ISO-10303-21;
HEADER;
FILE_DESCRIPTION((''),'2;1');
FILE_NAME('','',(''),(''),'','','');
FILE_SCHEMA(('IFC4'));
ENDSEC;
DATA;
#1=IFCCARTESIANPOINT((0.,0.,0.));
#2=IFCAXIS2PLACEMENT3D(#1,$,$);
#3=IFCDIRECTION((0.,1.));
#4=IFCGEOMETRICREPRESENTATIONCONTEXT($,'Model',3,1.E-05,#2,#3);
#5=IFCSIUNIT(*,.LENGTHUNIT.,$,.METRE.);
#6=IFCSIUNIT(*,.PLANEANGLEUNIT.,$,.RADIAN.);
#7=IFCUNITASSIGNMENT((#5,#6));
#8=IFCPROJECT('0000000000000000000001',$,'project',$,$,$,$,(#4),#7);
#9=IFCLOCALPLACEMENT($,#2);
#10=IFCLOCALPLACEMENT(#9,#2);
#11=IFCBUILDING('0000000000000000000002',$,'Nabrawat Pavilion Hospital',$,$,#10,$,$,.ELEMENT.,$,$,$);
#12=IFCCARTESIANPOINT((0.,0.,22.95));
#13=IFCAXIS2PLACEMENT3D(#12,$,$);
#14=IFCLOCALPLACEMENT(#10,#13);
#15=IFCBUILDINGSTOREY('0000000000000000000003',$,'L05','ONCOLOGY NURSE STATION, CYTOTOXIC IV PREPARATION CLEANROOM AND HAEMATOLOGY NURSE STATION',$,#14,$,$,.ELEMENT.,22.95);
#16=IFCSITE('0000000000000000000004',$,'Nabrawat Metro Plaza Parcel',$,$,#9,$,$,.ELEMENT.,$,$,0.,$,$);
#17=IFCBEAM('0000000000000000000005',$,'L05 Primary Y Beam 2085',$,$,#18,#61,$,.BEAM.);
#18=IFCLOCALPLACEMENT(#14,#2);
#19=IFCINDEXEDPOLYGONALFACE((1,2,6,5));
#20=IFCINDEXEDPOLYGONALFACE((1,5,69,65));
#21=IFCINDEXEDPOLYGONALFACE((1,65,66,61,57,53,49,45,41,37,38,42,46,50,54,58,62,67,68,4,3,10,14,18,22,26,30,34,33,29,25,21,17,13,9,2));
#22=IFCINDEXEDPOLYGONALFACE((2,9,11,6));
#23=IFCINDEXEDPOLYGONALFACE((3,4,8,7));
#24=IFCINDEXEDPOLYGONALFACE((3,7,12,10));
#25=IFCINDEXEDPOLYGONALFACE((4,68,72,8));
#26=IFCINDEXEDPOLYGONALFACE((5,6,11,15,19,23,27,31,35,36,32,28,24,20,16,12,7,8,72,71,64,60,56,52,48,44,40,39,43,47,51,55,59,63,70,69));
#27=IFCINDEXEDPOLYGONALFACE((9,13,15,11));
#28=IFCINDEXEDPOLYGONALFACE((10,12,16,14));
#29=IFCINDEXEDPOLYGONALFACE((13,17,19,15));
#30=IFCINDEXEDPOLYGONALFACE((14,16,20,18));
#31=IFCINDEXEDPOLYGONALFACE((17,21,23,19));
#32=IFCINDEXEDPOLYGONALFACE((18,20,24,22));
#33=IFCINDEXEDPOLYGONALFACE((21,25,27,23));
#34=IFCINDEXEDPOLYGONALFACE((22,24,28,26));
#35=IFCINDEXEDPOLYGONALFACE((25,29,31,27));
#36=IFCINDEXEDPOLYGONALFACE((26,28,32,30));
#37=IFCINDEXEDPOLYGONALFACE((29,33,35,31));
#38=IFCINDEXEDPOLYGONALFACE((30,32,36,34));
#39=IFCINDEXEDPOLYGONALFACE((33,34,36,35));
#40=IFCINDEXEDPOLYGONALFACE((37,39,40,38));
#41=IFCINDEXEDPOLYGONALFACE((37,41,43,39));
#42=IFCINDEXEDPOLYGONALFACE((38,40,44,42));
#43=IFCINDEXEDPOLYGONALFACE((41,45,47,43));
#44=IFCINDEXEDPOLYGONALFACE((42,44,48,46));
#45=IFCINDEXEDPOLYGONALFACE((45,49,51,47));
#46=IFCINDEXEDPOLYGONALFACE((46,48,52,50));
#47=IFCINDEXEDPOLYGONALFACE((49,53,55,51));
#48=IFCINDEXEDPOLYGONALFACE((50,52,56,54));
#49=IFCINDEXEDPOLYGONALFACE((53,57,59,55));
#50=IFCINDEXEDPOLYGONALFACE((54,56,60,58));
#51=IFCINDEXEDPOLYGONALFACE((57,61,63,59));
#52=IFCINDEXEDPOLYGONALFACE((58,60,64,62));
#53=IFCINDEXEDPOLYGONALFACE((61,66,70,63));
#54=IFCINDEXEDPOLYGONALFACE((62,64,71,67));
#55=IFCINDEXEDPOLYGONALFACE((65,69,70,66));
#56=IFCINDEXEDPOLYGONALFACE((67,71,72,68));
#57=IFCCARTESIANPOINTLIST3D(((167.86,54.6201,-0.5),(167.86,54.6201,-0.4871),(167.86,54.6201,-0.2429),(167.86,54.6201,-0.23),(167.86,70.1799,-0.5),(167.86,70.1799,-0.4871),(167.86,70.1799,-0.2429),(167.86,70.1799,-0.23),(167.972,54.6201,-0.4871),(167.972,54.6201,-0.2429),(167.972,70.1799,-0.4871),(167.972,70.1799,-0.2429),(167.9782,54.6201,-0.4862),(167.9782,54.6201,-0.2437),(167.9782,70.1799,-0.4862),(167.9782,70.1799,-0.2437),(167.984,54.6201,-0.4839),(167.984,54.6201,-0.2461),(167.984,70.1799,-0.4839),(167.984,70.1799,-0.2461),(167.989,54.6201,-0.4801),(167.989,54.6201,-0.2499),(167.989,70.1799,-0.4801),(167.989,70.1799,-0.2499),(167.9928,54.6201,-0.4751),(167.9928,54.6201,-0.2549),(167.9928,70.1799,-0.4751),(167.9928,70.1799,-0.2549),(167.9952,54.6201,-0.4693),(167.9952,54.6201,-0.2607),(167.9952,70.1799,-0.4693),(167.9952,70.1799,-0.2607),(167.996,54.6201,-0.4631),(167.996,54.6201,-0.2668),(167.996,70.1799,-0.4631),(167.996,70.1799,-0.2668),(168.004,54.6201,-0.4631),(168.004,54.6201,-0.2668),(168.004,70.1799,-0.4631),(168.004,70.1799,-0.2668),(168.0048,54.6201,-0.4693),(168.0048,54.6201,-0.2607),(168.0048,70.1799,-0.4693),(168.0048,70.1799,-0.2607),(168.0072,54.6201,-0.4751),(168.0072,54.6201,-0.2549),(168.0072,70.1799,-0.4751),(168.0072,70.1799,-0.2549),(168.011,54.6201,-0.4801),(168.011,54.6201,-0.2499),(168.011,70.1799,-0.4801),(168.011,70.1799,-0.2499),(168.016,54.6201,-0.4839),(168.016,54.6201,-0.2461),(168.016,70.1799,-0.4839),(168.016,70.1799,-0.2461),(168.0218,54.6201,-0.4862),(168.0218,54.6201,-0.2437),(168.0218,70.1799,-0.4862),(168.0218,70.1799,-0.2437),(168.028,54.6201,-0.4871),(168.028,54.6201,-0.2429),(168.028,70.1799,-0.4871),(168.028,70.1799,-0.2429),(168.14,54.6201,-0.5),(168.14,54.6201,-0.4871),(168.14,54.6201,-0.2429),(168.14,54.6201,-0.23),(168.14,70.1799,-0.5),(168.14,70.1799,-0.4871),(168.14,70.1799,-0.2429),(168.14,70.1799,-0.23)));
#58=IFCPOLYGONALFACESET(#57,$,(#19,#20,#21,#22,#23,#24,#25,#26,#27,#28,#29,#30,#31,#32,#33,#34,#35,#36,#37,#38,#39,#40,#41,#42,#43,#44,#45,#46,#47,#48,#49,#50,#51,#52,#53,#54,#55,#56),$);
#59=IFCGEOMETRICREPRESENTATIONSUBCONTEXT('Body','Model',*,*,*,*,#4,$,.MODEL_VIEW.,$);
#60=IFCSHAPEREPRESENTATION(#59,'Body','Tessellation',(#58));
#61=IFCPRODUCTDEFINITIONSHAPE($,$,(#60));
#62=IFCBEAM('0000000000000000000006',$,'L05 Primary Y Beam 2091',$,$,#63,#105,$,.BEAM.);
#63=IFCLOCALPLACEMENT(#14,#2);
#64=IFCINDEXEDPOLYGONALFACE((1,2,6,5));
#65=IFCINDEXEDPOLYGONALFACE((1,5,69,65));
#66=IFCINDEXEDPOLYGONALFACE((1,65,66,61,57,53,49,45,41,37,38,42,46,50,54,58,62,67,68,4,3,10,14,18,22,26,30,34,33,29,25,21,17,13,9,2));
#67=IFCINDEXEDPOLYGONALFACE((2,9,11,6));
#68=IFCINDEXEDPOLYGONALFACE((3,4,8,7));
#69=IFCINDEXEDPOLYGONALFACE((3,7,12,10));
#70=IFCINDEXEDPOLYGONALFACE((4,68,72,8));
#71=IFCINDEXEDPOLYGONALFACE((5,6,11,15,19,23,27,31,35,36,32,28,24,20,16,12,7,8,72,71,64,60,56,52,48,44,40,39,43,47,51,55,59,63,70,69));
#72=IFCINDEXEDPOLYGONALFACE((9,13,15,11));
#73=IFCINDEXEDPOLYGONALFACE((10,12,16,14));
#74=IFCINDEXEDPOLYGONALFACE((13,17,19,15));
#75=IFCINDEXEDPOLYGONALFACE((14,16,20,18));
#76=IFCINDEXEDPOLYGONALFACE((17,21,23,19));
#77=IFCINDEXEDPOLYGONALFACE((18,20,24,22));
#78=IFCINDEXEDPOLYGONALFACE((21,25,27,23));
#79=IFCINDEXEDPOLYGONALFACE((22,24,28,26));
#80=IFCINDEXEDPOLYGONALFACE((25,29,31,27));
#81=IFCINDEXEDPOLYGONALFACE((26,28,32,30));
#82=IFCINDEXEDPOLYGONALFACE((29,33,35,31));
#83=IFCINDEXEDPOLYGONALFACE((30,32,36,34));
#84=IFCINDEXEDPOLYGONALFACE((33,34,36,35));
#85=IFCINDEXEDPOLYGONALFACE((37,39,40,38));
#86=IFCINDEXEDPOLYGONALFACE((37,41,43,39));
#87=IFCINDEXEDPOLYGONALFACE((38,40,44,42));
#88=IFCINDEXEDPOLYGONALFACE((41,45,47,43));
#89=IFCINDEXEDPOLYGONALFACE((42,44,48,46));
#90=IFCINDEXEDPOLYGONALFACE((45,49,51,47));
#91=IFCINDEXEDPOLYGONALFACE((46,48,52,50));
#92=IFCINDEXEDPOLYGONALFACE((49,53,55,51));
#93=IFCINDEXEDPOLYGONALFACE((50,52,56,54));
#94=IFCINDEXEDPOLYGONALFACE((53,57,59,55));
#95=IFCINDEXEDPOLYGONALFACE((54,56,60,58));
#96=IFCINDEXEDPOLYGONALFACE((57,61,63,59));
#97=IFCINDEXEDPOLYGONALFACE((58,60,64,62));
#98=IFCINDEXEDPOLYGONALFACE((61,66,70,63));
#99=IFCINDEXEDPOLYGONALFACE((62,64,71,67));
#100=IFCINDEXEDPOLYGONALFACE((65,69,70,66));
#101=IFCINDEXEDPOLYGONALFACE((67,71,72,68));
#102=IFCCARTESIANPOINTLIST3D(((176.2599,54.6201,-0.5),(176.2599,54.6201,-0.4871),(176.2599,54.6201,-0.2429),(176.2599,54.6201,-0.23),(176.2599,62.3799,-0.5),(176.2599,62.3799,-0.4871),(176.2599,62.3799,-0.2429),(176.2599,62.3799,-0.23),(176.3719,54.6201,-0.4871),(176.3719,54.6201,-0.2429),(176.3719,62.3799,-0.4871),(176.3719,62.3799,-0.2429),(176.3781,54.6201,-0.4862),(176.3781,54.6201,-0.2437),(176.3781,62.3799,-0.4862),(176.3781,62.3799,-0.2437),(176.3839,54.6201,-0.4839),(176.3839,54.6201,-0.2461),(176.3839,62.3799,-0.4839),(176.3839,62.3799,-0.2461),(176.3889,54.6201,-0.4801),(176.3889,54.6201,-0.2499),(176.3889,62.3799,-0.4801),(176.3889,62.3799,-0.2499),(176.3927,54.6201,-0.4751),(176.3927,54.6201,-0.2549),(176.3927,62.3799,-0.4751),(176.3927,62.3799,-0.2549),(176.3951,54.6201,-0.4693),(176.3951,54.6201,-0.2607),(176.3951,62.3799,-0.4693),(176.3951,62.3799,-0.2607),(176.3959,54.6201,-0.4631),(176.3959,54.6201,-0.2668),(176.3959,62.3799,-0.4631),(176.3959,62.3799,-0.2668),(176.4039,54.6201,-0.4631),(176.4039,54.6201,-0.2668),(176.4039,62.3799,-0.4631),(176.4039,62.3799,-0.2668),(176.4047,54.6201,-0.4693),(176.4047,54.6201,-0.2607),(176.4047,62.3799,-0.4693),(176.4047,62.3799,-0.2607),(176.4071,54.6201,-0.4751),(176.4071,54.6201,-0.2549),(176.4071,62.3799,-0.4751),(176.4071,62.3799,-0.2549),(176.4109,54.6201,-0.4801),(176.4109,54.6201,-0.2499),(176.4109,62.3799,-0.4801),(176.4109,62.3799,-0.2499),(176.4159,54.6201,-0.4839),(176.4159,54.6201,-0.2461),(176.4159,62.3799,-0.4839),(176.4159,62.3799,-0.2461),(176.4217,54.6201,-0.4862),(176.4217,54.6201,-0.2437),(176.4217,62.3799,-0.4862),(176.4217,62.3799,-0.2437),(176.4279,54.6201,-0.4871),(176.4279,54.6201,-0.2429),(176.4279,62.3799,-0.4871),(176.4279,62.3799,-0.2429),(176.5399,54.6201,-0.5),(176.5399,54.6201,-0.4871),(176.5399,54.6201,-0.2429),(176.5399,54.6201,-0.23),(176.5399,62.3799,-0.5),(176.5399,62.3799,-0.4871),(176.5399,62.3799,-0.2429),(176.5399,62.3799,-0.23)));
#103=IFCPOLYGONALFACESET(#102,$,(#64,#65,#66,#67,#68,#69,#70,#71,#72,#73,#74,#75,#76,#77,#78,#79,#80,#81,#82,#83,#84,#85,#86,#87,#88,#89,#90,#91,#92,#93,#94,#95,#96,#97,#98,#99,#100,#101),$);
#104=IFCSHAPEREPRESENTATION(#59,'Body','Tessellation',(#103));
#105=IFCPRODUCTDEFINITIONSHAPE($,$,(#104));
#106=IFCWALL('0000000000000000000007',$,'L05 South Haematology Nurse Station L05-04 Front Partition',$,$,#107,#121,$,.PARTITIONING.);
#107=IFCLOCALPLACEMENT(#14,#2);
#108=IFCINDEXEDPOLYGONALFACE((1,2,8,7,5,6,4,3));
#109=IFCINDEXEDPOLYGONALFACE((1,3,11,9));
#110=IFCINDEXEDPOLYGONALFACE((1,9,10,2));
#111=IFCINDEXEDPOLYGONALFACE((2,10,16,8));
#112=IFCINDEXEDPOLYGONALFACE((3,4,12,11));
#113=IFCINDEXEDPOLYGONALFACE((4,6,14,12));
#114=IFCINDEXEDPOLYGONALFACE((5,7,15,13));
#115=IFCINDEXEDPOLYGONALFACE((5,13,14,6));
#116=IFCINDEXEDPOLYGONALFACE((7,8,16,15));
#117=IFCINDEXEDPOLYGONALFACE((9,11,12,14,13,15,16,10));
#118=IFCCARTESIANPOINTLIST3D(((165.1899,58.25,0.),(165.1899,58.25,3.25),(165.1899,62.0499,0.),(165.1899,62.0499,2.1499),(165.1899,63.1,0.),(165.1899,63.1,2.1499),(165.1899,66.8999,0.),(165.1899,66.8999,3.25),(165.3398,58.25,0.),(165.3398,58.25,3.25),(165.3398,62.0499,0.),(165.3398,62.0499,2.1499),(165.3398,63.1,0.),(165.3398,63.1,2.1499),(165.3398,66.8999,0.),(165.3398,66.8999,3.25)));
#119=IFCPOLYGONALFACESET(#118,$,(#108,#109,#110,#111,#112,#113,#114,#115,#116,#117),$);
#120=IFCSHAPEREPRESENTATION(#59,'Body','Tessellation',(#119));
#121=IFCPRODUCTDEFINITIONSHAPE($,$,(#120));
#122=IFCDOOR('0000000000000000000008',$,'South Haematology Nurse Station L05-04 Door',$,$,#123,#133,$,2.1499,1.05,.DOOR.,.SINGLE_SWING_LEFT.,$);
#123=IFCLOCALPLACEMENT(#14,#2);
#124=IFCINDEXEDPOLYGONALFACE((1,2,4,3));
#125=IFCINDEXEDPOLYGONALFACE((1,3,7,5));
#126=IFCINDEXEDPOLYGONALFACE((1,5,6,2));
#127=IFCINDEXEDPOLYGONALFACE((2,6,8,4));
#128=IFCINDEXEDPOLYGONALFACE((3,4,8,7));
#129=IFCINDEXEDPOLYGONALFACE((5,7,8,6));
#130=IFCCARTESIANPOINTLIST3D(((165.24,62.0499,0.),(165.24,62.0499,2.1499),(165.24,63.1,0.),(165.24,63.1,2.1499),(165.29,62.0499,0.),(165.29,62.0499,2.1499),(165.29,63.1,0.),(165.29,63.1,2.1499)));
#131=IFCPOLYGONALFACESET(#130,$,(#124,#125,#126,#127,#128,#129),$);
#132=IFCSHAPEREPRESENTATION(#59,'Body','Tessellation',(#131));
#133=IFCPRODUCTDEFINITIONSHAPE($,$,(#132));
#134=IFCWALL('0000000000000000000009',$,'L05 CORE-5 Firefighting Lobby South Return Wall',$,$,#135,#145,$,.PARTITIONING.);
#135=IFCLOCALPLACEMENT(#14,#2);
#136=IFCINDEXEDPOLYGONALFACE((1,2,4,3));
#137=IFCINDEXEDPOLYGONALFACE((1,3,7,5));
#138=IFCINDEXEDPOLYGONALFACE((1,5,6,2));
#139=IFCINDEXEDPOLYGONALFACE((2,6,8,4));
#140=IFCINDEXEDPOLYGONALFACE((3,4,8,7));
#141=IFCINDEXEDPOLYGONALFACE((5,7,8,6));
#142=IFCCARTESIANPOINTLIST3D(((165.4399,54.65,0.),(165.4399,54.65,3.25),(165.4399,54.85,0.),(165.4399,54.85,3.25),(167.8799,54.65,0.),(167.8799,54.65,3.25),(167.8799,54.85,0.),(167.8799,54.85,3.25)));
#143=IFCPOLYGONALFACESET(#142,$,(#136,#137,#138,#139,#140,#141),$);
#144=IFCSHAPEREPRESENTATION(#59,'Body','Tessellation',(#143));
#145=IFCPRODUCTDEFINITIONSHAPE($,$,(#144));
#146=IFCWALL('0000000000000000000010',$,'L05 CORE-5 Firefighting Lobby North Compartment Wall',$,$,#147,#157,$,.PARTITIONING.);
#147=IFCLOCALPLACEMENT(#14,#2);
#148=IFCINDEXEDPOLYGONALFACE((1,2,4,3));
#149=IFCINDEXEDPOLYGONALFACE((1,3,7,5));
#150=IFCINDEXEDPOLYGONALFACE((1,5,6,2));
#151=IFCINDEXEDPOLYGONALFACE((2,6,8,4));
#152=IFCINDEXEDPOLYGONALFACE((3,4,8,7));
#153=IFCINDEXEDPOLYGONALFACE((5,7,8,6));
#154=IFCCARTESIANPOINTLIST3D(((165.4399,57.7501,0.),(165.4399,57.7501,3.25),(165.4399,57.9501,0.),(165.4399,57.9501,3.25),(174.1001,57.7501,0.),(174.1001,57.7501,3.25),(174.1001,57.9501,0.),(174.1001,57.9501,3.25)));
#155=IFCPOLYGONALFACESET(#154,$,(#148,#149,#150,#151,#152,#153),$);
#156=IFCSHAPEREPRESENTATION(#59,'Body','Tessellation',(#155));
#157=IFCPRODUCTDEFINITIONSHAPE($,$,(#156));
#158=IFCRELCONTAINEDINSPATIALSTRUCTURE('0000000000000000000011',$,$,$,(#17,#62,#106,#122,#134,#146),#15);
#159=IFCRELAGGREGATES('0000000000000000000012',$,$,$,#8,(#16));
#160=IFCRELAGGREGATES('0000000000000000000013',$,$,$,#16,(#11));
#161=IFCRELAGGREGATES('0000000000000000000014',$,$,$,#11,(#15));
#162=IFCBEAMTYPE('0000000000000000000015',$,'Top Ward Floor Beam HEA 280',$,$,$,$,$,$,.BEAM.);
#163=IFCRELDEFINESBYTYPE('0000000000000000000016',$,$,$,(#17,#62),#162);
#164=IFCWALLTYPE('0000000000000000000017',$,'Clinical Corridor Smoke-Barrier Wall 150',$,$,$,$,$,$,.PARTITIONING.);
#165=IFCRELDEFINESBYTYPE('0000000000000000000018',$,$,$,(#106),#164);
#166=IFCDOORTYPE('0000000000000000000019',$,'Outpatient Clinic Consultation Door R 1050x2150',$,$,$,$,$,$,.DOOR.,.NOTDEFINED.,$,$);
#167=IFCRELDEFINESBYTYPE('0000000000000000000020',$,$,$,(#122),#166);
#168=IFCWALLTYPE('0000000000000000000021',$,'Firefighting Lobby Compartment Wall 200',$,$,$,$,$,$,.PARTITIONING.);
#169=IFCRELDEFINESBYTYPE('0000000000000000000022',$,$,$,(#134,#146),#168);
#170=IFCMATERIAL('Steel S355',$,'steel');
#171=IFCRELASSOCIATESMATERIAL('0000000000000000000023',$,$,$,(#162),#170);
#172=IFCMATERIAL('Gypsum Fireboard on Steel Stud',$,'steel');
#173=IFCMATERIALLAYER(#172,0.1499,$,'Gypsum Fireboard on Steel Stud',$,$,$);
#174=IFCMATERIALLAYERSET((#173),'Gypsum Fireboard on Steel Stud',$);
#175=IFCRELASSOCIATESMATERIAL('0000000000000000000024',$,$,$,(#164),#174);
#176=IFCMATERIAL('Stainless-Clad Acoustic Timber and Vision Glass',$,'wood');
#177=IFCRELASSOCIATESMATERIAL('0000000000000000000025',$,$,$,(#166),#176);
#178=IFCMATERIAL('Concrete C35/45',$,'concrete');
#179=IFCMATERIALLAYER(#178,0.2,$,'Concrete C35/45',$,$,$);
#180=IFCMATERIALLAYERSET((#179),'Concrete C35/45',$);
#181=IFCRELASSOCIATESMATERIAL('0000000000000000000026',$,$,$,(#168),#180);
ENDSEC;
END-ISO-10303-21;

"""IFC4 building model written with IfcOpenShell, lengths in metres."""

from ifc_helpers import new_model, si_unit, direction, frame, frame_2d, origin, origin_2d, place, context, subcontext, project, spatial, rectangle, i_section, extrude, material, layer, layer_set, material_profile, profile_set, type_object, element, fill, save


model = new_model("IFC4")

# Units and contexts
model_context = context("Model", 3, precision=1e-05, world=origin(), true_north=direction((0.0, 1.0)))
body_context = subcontext(model_context, "Body", "Model", "MODEL_VIEW")
ifc_project = project(units=[si_unit("LENGTHUNIT", "METRE"), si_unit("PLANEANGLEUNIT", "RADIAN")], contexts=[model_context])

# Site, building, storey
site_placement = place(None, origin())
site = spatial("IfcSite", under=ifc_project, at=site_placement, Name="Nabrawat Metro Plaza Parcel", CompositionType="ELEMENT", RefElevation=0.0)
building_placement = place(site_placement, origin())
building = spatial("IfcBuilding", under=site, at=building_placement, Name="Nabrawat Pavilion Hospital", CompositionType="ELEMENT")
storey_placement = place(building_placement, frame((0.0, 0.0, 22.95)))
storey = spatial("IfcBuildingStorey", under=building, at=storey_placement, Name="L05", Description="ONCOLOGY NURSE STATION, CYTOTOXIC IV PREPARATION CLEANROOM AND HAEMATOLOGY NURSE STATION", CompositionType="ELEMENT", Elevation=22.95)

# Shared definitions
ifc_material_1 = material(Name="Steel S355", Category="steel")

# Beams
ifc_material_profile_1 = material_profile(ifc_material_1, i_section(OverallWidth=0.28, OverallDepth=0.27, WebThickness=0.0081, FlangeThickness=0.0129, FilletRadius=0.0239, at=origin_2d()), Name="HEA 280")
ifc_profile_set_1 = profile_set([ifc_material_profile_1], Name="Steel S355")
beam_type_1 = type_object("IfcBeamType", Name="Top Ward Floor Beam HEA 280", PredefinedType="BEAM", material=ifc_profile_set_1)
beam_1_placement = place(storey_placement, frame((168.0, 54.6201, -0.365), z_axis=(0.0, 1.0, 0.0), x_axis=(-1.0, 0.0, 0.0)))
element("IfcBeam", 1, at=beam_1_placement, inside=storey, type_object=beam_type_1, Name="L05 Primary Y Beam 2085", PredefinedType="BEAM", context=body_context, shape_type="SweptSolid", body=[
    extrude(i_section(OverallWidth=0.28, OverallDepth=0.27, WebThickness=0.0081, FlangeThickness=0.0129, FilletRadius=0.0239, at=origin_2d()), origin(), (0.0, 0.0, 1.0), 15.5598),
])
beam_2_placement = place(storey_placement, frame((176.3999, 54.6201, -0.365), z_axis=(0.0, 1.0, 0.0), x_axis=(-1.0, 0.0, 0.0)))
element("IfcBeam", 2, at=beam_2_placement, inside=storey, type_object=beam_type_1, Name="L05 Primary Y Beam 2091", PredefinedType="BEAM", context=body_context, shape_type="SweptSolid", body=[
    extrude(i_section(OverallWidth=0.28, OverallDepth=0.27, WebThickness=0.0081, FlangeThickness=0.0129, FilletRadius=0.0239, at=origin_2d()), origin(), (0.0, 0.0, 1.0), 7.7598),
])

# Wall, opening, door
ifc_material_2 = material(Name="Gypsum Fireboard on Steel Stud", Category="steel")
ifc_layer_1 = layer(ifc_material_2, 0.1499, Name="Gypsum Fireboard on Steel Stud")
ifc_layer_set_1 = layer_set([ifc_layer_1], Name="Gypsum Fireboard on Steel Stud")
wall_type_1 = type_object("IfcWallType", Name="Clinical Corridor Smoke-Barrier Wall 150", PredefinedType="PARTITIONING", material=ifc_layer_set_1)
wall_1_placement = place(storey_placement, frame((165.2649, 58.25, 0.0), z_axis=(0.0, 0.0, 1.0), x_axis=(0.0, 1.0, 0.0)))
wall_1 = element("IfcWall", 3, at=wall_1_placement, inside=storey, type_object=wall_type_1, Name="L05 South Haematology Nurse Station L05-04 Front Partition", PredefinedType="PARTITIONING", context=body_context, shape_type="SweptSolid", body=[
    extrude(rectangle(XDim=8.6499, YDim=0.1499, at=frame_2d((4.325, 0.0))), origin(), (0.0, 0.0, 1.0), 3.25),
])
opening_1_placement = place(wall_1_placement, frame((3.8, 0.0, 0.0)))
opening_1 = element("IfcOpeningElement", 4, at=opening_1_placement, cuts=wall_1, PredefinedType="OPENING", context=body_context, shape_type="SweptSolid", body=[
    extrude(rectangle(XDim=1.05, YDim=2.1499, at=frame_2d((0.5249, 1.075))), frame((0.0, 0.085, 0.0), z_axis=(0.0, -1.0, 0.0), x_axis=(1.0, 0.0, 0.0)), (0.0, 0.0, 1.0), 0.1699),
])
ifc_material_3 = material(Name="Stainless-Clad Acoustic Timber and Vision Glass", Category="wood")
door_type_1 = type_object("IfcDoorType", Name="Outpatient Clinic Consultation Door R 1050x2150", OperationType="NOTDEFINED", PredefinedType="DOOR", material=ifc_material_3)
door_1_placement = place(opening_1_placement, origin())
door_1 = element("IfcDoor", 5, at=door_1_placement, inside=storey, type_object=door_type_1, Name="South Haematology Nurse Station L05-04 Door", OperationType="SINGLE_SWING_LEFT", OverallHeight=2.1499, OverallWidth=1.05, PredefinedType="DOOR", context=body_context, shape_type="SweptSolid", body=[
    extrude(rectangle(XDim=1.05, YDim=2.1499, at=frame_2d((0.5249, 1.075))), frame((0.0, 0.0249, 0.0), z_axis=(0.0, -1.0, 0.0), x_axis=(1.0, 0.0, 0.0)), (0.0, 0.0, 1.0), 0.05),
])
fill(opening_1, door_1)

# Walls
ifc_material_4 = material(Name="Concrete C35/45", Category="concrete")
ifc_layer_2 = layer(ifc_material_4, 0.2, Name="Concrete C35/45")
ifc_layer_set_2 = layer_set([ifc_layer_2], Name="Concrete C35/45")
wall_type_2 = type_object("IfcWallType", Name="Firefighting Lobby Compartment Wall 200", PredefinedType="PARTITIONING", material=ifc_layer_set_2)
wall_2_placement = place(storey_placement, frame((165.4399, 54.75, 0.0), z_axis=(0.0, 0.0, 1.0), x_axis=(1.0, 0.0, 0.0)))
element("IfcWall", 6, at=wall_2_placement, inside=storey, type_object=wall_type_2, Name="L05 CORE-5 Firefighting Lobby South Return Wall", PredefinedType="PARTITIONING", context=body_context, shape_type="SweptSolid", body=[
    extrude(rectangle(XDim=2.4399, YDim=0.2, at=frame_2d((1.22, 0.0))), origin(), (0.0, 0.0, 1.0), 3.25),
])
wall_3_placement = place(storey_placement, frame((165.4399, 57.8501, 0.0), z_axis=(0.0, 0.0, 1.0), x_axis=(1.0, 0.0, 0.0)))
element("IfcWall", 7, at=wall_3_placement, inside=storey, type_object=wall_type_2, Name="L05 CORE-5 Firefighting Lobby North Compartment Wall", PredefinedType="PARTITIONING", context=body_context, shape_type="SweptSolid", body=[
    extrude(rectangle(XDim=8.6602, YDim=0.2, at=frame_2d((4.3301, 0.0))), origin(), (0.0, 0.0, 1.0), 3.25),
])

save(model, "model.ifc")
